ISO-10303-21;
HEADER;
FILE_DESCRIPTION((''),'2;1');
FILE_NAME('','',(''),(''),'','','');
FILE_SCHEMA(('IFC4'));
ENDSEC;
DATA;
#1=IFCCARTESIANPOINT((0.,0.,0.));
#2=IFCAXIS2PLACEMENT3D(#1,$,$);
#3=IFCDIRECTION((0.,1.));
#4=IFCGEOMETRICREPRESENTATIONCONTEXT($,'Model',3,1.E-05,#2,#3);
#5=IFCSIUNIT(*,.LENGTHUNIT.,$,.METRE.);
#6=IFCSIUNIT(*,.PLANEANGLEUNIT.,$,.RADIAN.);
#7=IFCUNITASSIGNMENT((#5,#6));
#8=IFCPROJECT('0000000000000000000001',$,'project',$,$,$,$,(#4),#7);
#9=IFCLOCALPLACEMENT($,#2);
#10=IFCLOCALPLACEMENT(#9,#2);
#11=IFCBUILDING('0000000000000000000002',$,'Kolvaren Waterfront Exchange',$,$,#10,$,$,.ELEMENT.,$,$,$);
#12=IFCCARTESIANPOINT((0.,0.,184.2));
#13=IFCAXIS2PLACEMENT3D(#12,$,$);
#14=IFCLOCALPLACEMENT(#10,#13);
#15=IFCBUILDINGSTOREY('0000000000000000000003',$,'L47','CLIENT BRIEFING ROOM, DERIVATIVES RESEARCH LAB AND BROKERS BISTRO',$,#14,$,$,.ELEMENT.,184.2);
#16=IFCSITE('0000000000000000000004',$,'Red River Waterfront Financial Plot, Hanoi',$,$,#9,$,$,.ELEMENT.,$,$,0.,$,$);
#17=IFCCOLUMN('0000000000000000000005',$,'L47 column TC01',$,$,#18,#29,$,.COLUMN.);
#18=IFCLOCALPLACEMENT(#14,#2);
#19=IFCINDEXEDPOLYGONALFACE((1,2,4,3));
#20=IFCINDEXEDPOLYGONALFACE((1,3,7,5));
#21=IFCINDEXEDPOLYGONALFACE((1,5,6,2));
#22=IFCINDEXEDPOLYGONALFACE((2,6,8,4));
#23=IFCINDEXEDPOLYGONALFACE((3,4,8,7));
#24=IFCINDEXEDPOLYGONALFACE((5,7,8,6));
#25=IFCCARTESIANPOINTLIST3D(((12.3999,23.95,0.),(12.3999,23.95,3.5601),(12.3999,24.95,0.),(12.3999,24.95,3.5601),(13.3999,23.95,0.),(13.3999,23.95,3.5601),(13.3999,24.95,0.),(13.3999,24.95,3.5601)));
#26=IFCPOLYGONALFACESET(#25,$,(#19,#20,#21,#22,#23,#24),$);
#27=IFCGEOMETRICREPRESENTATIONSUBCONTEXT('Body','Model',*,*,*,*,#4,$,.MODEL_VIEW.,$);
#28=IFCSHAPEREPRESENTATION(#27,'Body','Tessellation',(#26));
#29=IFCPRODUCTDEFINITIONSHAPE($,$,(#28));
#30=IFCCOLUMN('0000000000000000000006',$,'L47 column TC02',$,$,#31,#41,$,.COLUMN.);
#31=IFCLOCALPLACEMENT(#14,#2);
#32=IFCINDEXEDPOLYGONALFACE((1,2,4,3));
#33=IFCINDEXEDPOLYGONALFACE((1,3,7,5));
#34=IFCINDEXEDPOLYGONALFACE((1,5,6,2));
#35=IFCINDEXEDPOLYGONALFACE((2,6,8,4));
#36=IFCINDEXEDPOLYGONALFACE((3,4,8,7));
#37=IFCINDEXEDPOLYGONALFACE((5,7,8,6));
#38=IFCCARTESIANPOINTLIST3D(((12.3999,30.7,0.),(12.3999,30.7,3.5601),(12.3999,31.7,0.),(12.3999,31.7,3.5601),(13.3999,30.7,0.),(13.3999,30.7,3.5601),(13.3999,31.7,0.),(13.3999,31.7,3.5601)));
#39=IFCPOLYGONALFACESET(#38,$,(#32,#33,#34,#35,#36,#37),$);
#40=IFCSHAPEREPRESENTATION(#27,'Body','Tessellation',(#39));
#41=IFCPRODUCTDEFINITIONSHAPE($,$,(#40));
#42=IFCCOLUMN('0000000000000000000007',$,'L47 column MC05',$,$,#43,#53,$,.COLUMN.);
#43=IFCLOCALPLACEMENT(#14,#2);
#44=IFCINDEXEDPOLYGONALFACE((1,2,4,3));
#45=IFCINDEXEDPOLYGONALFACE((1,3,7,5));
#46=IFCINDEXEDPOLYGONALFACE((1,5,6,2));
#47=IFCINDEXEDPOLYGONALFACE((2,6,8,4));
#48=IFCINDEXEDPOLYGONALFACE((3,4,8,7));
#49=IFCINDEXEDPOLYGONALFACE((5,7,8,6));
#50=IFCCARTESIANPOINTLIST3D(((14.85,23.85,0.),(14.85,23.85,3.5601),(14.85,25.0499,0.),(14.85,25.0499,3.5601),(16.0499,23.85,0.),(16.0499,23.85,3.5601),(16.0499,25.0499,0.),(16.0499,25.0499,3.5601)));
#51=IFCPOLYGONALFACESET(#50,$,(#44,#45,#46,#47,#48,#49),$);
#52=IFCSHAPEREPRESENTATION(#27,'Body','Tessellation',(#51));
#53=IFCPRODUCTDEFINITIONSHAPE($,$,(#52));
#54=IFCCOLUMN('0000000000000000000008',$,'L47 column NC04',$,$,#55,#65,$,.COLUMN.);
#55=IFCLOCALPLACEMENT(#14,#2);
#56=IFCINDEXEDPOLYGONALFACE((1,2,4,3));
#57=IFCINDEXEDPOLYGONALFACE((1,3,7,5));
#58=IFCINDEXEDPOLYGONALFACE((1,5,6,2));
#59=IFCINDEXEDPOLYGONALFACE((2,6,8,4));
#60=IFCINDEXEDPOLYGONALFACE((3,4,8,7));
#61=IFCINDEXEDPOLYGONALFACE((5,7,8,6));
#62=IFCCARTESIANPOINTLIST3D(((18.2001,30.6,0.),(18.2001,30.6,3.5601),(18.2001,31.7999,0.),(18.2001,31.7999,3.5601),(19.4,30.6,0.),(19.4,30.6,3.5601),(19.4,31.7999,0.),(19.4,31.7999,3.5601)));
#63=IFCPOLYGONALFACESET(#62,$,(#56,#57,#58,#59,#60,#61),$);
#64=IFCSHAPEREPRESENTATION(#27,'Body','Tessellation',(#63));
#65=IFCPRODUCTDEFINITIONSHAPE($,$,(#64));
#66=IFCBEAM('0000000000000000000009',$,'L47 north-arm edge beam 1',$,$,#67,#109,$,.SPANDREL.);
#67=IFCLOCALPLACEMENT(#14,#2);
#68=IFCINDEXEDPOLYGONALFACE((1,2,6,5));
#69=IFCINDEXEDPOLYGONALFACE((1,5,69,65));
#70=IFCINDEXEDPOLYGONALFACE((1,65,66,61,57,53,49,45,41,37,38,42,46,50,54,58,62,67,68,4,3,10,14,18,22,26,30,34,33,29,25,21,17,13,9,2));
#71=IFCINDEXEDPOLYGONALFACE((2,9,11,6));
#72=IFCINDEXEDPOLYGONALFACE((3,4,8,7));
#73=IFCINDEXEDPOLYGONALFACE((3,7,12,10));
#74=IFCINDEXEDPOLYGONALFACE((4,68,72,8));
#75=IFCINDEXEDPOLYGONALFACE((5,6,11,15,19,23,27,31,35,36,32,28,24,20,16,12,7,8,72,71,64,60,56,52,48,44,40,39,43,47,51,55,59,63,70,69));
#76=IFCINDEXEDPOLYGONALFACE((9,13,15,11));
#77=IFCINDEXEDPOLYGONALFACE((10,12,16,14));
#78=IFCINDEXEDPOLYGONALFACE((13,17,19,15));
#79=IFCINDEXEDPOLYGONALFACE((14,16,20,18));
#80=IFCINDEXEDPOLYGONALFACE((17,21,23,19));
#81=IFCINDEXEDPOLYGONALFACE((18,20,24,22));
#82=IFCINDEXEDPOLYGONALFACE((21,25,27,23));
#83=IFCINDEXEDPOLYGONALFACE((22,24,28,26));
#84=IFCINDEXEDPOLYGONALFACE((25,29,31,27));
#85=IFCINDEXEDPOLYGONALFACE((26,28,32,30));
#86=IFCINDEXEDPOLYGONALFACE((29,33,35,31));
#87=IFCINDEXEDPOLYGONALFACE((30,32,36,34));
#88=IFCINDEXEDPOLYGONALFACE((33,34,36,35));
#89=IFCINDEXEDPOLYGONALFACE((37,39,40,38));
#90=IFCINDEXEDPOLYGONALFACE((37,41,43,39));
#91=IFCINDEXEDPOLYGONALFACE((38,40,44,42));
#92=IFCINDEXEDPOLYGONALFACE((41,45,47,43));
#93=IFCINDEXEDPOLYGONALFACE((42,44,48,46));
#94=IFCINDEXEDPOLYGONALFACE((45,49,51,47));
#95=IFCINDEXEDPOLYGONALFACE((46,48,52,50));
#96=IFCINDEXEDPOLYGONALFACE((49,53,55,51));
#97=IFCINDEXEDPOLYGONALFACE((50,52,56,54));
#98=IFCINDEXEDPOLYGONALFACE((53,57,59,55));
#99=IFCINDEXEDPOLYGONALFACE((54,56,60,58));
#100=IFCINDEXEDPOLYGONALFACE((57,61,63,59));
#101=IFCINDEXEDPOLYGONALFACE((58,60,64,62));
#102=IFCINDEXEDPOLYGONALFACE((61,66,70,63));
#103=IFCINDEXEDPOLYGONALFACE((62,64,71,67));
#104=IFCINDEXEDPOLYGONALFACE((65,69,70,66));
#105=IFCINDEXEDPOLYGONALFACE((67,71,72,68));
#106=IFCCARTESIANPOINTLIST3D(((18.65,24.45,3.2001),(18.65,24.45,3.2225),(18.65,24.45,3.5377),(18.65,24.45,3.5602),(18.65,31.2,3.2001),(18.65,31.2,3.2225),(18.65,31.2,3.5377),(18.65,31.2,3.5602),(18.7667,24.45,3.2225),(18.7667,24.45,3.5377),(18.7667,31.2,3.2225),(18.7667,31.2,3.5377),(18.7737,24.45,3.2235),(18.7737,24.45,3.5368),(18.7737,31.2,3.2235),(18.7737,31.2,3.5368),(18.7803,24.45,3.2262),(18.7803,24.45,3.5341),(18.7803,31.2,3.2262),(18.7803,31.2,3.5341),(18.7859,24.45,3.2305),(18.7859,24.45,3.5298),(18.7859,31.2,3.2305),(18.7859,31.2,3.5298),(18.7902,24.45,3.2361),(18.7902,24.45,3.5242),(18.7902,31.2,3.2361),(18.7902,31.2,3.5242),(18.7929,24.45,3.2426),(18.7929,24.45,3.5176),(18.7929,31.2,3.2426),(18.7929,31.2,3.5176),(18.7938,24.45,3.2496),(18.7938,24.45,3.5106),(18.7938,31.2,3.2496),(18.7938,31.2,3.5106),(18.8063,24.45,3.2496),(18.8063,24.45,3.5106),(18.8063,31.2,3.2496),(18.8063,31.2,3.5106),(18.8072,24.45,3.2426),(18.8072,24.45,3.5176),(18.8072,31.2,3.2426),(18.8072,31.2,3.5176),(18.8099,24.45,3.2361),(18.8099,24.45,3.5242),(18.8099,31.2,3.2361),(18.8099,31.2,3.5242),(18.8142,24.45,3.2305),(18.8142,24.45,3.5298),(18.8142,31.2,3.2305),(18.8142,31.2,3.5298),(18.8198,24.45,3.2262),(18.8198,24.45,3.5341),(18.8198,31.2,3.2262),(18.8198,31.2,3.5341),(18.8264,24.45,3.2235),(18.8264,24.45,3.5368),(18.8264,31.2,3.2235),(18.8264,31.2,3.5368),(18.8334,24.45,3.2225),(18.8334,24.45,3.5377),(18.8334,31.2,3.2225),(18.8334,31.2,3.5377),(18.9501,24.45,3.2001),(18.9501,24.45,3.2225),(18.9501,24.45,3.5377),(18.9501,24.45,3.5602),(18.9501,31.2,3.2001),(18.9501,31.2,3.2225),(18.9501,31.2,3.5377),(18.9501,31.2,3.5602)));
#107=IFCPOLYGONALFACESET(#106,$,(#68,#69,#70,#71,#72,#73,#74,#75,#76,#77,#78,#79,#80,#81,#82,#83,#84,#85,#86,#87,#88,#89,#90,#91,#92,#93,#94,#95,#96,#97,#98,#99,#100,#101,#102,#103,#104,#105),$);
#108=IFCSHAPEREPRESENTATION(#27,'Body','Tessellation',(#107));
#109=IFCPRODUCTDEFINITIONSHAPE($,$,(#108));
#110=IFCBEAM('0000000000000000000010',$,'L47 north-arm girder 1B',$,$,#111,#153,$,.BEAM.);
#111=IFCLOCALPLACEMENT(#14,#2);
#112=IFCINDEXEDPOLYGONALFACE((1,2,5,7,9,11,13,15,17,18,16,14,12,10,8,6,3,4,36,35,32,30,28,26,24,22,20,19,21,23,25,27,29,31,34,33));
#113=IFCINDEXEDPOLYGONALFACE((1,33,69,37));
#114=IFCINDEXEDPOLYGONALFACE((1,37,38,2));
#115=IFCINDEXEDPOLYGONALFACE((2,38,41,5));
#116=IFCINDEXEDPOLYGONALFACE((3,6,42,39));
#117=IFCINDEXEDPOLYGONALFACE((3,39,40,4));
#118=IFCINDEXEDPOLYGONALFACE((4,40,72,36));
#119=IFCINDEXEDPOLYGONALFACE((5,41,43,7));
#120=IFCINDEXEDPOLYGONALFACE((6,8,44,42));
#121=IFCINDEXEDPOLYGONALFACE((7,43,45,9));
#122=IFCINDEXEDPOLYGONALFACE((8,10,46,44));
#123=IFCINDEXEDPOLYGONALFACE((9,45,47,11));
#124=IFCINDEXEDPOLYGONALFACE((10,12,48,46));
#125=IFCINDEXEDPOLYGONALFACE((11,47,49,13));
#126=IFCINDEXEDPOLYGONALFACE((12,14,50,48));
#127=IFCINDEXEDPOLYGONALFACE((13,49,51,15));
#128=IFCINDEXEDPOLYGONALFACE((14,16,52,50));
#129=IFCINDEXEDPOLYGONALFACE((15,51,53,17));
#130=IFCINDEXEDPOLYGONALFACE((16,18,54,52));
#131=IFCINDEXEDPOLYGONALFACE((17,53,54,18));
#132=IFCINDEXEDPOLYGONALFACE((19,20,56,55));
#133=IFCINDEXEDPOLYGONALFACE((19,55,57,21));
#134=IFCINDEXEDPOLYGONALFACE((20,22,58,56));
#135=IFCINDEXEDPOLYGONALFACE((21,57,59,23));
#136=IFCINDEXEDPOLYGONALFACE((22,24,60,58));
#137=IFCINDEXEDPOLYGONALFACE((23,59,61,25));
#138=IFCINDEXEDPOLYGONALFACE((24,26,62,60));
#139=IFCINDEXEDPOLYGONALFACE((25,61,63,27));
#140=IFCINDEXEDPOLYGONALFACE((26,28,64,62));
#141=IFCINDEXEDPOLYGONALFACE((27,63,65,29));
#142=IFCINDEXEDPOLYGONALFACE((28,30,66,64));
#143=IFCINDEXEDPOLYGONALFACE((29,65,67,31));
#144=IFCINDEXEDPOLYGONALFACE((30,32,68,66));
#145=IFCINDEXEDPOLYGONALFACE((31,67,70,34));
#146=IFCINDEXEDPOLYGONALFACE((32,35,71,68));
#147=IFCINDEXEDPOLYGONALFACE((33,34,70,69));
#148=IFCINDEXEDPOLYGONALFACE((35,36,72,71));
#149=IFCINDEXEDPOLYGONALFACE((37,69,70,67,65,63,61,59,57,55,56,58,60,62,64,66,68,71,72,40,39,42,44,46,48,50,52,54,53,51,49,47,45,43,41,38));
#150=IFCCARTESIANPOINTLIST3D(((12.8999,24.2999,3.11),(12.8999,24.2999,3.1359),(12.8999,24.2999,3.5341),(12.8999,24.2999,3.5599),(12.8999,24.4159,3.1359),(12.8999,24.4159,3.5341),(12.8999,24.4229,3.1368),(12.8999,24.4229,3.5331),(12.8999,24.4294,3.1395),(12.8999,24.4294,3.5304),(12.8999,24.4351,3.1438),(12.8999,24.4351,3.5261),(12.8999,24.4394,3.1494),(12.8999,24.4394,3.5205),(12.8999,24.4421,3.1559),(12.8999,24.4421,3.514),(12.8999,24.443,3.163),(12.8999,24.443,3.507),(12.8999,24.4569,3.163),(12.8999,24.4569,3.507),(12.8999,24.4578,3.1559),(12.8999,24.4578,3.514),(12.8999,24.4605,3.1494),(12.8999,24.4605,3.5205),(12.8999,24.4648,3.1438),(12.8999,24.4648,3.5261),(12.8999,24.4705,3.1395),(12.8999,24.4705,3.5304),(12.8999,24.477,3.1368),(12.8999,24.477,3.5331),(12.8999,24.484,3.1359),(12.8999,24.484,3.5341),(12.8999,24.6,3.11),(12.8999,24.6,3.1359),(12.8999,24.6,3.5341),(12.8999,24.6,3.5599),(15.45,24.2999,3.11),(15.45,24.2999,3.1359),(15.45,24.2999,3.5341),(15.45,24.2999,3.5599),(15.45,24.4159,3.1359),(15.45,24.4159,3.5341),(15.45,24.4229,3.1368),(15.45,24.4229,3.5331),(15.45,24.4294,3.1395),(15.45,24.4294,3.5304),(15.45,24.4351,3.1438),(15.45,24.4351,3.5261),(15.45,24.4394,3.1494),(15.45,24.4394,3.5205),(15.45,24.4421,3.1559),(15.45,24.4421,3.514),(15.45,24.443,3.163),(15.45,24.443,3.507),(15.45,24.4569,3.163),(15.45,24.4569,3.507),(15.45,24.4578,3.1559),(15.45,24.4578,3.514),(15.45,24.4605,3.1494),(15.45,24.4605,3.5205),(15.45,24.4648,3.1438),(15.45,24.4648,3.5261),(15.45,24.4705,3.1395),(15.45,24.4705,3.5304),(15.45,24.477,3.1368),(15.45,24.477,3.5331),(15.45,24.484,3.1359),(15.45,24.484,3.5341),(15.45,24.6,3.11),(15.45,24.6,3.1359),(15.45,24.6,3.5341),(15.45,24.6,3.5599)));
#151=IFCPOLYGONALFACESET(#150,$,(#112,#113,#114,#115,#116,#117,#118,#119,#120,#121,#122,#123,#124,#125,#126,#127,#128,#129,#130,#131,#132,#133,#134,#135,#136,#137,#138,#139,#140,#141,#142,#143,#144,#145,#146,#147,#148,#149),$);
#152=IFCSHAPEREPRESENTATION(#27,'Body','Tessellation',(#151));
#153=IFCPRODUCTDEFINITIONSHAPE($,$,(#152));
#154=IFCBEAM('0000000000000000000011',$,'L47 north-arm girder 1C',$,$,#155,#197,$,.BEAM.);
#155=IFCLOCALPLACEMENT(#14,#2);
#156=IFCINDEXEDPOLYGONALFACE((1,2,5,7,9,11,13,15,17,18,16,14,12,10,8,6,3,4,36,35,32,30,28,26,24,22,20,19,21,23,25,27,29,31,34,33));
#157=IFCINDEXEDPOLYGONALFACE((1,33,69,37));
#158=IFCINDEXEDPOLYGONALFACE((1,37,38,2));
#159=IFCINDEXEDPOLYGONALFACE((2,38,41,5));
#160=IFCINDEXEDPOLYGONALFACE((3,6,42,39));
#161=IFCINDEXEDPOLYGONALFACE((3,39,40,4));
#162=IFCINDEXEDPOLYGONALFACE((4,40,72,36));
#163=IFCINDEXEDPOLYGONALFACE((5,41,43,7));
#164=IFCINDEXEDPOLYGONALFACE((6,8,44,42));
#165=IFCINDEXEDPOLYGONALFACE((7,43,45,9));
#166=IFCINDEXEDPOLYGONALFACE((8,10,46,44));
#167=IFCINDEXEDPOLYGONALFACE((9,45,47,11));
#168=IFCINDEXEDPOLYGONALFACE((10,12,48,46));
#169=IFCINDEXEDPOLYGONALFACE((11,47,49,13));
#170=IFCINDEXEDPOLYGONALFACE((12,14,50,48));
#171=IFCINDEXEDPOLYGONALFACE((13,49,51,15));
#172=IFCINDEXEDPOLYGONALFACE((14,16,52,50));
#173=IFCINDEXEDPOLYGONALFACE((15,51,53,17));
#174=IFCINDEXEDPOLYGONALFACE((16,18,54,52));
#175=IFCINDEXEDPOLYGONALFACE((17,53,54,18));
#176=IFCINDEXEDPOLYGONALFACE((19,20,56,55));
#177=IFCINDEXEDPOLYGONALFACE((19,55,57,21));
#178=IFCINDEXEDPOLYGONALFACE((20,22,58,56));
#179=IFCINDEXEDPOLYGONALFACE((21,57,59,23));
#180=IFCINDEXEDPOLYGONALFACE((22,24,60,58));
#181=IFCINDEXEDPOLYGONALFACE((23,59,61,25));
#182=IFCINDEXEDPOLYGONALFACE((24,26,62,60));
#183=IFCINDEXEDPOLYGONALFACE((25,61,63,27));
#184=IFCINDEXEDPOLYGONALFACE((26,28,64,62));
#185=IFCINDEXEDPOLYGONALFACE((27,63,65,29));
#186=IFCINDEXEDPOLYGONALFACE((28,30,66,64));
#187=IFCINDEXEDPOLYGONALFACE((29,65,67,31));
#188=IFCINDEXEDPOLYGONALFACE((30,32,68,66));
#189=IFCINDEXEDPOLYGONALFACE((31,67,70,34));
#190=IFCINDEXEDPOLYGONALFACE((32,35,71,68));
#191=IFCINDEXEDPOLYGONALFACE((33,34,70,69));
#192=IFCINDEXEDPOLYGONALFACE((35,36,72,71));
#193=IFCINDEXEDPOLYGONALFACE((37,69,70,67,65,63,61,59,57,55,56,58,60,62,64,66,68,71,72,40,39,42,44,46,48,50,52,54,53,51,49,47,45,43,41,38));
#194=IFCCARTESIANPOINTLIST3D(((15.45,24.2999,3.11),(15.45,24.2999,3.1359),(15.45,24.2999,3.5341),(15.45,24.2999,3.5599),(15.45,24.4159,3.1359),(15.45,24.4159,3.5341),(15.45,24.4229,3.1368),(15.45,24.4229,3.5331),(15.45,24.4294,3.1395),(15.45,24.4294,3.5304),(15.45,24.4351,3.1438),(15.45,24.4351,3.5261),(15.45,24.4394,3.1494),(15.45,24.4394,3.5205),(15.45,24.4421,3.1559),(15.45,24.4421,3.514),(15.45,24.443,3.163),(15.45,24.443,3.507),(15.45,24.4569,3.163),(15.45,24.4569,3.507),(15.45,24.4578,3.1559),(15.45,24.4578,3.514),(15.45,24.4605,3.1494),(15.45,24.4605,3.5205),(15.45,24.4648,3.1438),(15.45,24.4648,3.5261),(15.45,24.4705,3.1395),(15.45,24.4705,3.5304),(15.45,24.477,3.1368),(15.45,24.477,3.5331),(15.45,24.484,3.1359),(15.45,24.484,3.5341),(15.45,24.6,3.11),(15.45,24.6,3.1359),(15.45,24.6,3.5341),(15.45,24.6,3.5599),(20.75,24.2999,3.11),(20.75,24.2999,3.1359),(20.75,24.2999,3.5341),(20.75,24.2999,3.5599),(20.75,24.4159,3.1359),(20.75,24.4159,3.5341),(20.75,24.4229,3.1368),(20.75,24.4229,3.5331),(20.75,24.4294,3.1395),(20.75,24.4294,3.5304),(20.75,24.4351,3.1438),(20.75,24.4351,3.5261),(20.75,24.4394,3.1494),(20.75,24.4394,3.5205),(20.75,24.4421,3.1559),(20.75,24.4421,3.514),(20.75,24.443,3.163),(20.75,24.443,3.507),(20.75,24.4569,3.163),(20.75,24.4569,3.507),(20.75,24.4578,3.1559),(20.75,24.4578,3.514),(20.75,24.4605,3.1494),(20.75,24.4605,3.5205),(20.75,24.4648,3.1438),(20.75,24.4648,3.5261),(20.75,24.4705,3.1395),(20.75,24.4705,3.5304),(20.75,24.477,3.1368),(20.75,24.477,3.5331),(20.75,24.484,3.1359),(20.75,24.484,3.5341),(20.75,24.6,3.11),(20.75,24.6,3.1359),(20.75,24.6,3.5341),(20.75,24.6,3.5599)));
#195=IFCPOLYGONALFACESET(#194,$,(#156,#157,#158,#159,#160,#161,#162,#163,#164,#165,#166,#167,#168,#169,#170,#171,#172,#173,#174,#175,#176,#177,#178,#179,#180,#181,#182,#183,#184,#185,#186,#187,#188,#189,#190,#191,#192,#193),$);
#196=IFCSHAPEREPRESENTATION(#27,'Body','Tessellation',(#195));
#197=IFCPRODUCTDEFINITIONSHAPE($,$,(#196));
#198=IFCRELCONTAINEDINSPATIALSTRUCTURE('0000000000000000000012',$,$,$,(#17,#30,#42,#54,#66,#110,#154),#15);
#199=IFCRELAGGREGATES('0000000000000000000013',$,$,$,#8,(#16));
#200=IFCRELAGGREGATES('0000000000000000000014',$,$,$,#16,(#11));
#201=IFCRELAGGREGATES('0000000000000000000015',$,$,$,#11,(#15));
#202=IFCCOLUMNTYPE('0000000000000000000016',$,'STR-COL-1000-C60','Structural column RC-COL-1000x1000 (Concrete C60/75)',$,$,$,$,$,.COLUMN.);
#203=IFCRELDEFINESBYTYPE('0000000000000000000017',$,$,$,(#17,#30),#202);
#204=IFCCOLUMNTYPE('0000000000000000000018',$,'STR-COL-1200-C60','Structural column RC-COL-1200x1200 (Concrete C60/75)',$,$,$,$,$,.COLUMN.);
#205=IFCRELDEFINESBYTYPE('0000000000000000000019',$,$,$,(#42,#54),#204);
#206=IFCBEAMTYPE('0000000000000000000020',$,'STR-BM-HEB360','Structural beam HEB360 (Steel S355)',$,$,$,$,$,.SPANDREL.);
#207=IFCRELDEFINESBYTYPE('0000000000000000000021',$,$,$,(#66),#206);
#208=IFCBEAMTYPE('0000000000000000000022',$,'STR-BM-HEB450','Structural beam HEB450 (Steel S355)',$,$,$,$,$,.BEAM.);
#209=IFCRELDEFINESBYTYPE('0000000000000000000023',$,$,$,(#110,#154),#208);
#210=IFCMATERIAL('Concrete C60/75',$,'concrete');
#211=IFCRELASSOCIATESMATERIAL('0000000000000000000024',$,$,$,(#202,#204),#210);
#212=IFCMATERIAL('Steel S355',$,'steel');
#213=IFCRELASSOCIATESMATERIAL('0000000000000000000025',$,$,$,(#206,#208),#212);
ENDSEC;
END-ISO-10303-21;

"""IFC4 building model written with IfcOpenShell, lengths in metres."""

from ifc_helpers import new_model, si_unit, direction, frame, origin, origin_2d, place, context, subcontext, project, spatial, rectangle, i_section, extrude, material, material_profile, profile_set, type_object, element, save


model = new_model("IFC4")

# Units and contexts
model_context = context("Model", 3, precision=1e-05, world=origin(), true_north=direction((0.0, 1.0)))
body_context = subcontext(model_context, "Body", "Model", "MODEL_VIEW")
ifc_project = project(units=[si_unit("LENGTHUNIT", "METRE"), si_unit("PLANEANGLEUNIT", "RADIAN")], contexts=[model_context])

# Site, building, storey
site_placement = place(None, origin())
site = spatial("IfcSite", under=ifc_project, at=site_placement, Name="Red River Waterfront Financial Plot, Hanoi", CompositionType="ELEMENT", RefElevation=0.0)
building_placement = place(site_placement, origin())
building = spatial("IfcBuilding", under=site, at=building_placement, Name="Kolvaren Waterfront Exchange", CompositionType="ELEMENT")
storey_placement = place(building_placement, frame((0.0, 0.0, 184.2)))
storey = spatial("IfcBuildingStorey", under=building, at=storey_placement, Name="L47", Description="CLIENT BRIEFING ROOM, DERIVATIVES RESEARCH LAB AND BROKERS BISTRO", CompositionType="ELEMENT", Elevation=184.2)

# Columns
ifc_material_1 = material(Name="Concrete C60/75", Category="concrete")
ifc_material_profile_1 = material_profile(ifc_material_1, rectangle(XDim=1.0, YDim=1.0, at=origin_2d()), Name="RC-COL-1000x1000")
ifc_profile_set_1 = profile_set([ifc_material_profile_1], Name="Concrete C60/75")
column_type_1 = type_object("IfcColumnType", Name="STR-COL-1000-C60", Description="Structural column RC-COL-1000x1000 (Concrete C60/75)", PredefinedType="COLUMN", material=ifc_profile_set_1)
for number, where, z_axis, x_axis, name in (
    (1, (12.8999, 24.45, 0.0), (0.0, 0.0, 1.0), (1.0, 0.0, 0.0), "L47 column TC01"),
    (2, (12.8999, 31.2, 0.0), (0.0, 0.0, 1.0), (1.0, 0.0, 0.0), "L47 column TC02"),
):
    element("IfcColumn", number, at=place(storey_placement, frame(where, z_axis=z_axis, x_axis=x_axis)), inside=storey, type_object=column_type_1, Name=name, PredefinedType="COLUMN", context=body_context, shape_type="SweptSolid", body=[
        extrude(rectangle(XDim=1.0, YDim=1.0, at=origin_2d()), origin(), (0.0, 0.0, 1.0), 3.5601),
    ])
ifc_material_profile_2 = material_profile(ifc_material_1, rectangle(XDim=1.2, YDim=1.2, at=origin_2d()), Name="RC-COL-1200x1200")
ifc_profile_set_2 = profile_set([ifc_material_profile_2], Name="Concrete C60/75")
column_type_2 = type_object("IfcColumnType", Name="STR-COL-1200-C60", Description="Structural column RC-COL-1200x1200 (Concrete C60/75)", PredefinedType="COLUMN", material=ifc_profile_set_2)
for number, where, z_axis, x_axis, name in (
    (3, (15.45, 24.45, 0.0), (0.0, 0.0, 1.0), (1.0, 0.0, 0.0), "L47 column MC05"),
    (4, (18.8, 31.2, 0.0), (0.0, 0.0, 1.0), (1.0, 0.0, 0.0), "L47 column NC04"),
):
    element("IfcColumn", number, at=place(storey_placement, frame(where, z_axis=z_axis, x_axis=x_axis)), inside=storey, type_object=column_type_2, Name=name, PredefinedType="COLUMN", context=body_context, shape_type="SweptSolid", body=[
        extrude(rectangle(XDim=1.2, YDim=1.2, at=origin_2d()), origin(), (0.0, 0.0, 1.0), 3.5601),
    ])

# Beams
ifc_material_2 = material(Name="Steel S355", Category="steel")
ifc_material_profile_3 = material_profile(ifc_material_2, i_section(OverallWidth=0.3, OverallDepth=0.3601, WebThickness=0.0125, FlangeThickness=0.0225, FilletRadius=0.0271, at=origin_2d()), Name="HEB360")
ifc_profile_set_3 = profile_set([ifc_material_profile_3], Name="Steel S355")
beam_type_1 = type_object("IfcBeamType", Name="STR-BM-HEB360", Description="Structural beam HEB360 (Steel S355)", PredefinedType="SPANDREL", material=ifc_profile_set_3)
beam_1_placement = place(storey_placement, frame((18.8, 24.45, 3.3801), z_axis=(0.0, 1.0, 0.0), x_axis=(-1.0, 0.0, 0.0)))
element("IfcBeam", 5, at=beam_1_placement, inside=storey, type_object=beam_type_1, Name="L47 north-arm edge beam 1", PredefinedType="SPANDREL", context=body_context, shape_type="SweptSolid", body=[
    extrude(i_section(OverallWidth=0.3, OverallDepth=0.3601, WebThickness=0.0125, FlangeThickness=0.0225, FilletRadius=0.0271, at=origin_2d()), origin(), (0.0, 0.0, 1.0), 6.75),
])
ifc_material_profile_4 = material_profile(ifc_material_2, i_section(OverallWidth=0.3, OverallDepth=0.45, WebThickness=0.0139, FlangeThickness=0.0259, FilletRadius=0.0271, at=origin_2d()), Name="HEB450")
ifc_profile_set_4 = profile_set([ifc_material_profile_4], Name="Steel S355")
beam_type_2 = type_object("IfcBeamType", Name="STR-BM-HEB450", Description="Structural beam HEB450 (Steel S355)", PredefinedType="BEAM", material=ifc_profile_set_4)
beam_2_placement = place(storey_placement, frame((12.8999, 24.45, 3.335), z_axis=(1.0, 0.0, 0.0), x_axis=(0.0, 1.0, 0.0)))
element("IfcBeam", 6, at=beam_2_placement, inside=storey, type_object=beam_type_2, Name="L47 north-arm girder 1B", PredefinedType="BEAM", context=body_context, shape_type="SweptSolid", body=[
    extrude(i_section(OverallWidth=0.3, OverallDepth=0.45, WebThickness=0.0139, FlangeThickness=0.0259, FilletRadius=0.0271, at=origin_2d()), origin(), (0.0, 0.0, 1.0), 2.55),
])
beam_3_placement = place(storey_placement, frame((15.45, 24.45, 3.335), z_axis=(1.0, 0.0, 0.0), x_axis=(0.0, 1.0, 0.0)))
element("IfcBeam", 7, at=beam_3_placement, inside=storey, type_object=beam_type_2, Name="L47 north-arm girder 1C", PredefinedType="BEAM", context=body_context, shape_type="SweptSolid", body=[
    extrude(i_section(OverallWidth=0.3, OverallDepth=0.45, WebThickness=0.0139, FlangeThickness=0.0259, FilletRadius=0.0271, at=origin_2d()), origin(), (0.0, 0.0, 1.0), 5.3),
])

save(model, "model.ifc")
